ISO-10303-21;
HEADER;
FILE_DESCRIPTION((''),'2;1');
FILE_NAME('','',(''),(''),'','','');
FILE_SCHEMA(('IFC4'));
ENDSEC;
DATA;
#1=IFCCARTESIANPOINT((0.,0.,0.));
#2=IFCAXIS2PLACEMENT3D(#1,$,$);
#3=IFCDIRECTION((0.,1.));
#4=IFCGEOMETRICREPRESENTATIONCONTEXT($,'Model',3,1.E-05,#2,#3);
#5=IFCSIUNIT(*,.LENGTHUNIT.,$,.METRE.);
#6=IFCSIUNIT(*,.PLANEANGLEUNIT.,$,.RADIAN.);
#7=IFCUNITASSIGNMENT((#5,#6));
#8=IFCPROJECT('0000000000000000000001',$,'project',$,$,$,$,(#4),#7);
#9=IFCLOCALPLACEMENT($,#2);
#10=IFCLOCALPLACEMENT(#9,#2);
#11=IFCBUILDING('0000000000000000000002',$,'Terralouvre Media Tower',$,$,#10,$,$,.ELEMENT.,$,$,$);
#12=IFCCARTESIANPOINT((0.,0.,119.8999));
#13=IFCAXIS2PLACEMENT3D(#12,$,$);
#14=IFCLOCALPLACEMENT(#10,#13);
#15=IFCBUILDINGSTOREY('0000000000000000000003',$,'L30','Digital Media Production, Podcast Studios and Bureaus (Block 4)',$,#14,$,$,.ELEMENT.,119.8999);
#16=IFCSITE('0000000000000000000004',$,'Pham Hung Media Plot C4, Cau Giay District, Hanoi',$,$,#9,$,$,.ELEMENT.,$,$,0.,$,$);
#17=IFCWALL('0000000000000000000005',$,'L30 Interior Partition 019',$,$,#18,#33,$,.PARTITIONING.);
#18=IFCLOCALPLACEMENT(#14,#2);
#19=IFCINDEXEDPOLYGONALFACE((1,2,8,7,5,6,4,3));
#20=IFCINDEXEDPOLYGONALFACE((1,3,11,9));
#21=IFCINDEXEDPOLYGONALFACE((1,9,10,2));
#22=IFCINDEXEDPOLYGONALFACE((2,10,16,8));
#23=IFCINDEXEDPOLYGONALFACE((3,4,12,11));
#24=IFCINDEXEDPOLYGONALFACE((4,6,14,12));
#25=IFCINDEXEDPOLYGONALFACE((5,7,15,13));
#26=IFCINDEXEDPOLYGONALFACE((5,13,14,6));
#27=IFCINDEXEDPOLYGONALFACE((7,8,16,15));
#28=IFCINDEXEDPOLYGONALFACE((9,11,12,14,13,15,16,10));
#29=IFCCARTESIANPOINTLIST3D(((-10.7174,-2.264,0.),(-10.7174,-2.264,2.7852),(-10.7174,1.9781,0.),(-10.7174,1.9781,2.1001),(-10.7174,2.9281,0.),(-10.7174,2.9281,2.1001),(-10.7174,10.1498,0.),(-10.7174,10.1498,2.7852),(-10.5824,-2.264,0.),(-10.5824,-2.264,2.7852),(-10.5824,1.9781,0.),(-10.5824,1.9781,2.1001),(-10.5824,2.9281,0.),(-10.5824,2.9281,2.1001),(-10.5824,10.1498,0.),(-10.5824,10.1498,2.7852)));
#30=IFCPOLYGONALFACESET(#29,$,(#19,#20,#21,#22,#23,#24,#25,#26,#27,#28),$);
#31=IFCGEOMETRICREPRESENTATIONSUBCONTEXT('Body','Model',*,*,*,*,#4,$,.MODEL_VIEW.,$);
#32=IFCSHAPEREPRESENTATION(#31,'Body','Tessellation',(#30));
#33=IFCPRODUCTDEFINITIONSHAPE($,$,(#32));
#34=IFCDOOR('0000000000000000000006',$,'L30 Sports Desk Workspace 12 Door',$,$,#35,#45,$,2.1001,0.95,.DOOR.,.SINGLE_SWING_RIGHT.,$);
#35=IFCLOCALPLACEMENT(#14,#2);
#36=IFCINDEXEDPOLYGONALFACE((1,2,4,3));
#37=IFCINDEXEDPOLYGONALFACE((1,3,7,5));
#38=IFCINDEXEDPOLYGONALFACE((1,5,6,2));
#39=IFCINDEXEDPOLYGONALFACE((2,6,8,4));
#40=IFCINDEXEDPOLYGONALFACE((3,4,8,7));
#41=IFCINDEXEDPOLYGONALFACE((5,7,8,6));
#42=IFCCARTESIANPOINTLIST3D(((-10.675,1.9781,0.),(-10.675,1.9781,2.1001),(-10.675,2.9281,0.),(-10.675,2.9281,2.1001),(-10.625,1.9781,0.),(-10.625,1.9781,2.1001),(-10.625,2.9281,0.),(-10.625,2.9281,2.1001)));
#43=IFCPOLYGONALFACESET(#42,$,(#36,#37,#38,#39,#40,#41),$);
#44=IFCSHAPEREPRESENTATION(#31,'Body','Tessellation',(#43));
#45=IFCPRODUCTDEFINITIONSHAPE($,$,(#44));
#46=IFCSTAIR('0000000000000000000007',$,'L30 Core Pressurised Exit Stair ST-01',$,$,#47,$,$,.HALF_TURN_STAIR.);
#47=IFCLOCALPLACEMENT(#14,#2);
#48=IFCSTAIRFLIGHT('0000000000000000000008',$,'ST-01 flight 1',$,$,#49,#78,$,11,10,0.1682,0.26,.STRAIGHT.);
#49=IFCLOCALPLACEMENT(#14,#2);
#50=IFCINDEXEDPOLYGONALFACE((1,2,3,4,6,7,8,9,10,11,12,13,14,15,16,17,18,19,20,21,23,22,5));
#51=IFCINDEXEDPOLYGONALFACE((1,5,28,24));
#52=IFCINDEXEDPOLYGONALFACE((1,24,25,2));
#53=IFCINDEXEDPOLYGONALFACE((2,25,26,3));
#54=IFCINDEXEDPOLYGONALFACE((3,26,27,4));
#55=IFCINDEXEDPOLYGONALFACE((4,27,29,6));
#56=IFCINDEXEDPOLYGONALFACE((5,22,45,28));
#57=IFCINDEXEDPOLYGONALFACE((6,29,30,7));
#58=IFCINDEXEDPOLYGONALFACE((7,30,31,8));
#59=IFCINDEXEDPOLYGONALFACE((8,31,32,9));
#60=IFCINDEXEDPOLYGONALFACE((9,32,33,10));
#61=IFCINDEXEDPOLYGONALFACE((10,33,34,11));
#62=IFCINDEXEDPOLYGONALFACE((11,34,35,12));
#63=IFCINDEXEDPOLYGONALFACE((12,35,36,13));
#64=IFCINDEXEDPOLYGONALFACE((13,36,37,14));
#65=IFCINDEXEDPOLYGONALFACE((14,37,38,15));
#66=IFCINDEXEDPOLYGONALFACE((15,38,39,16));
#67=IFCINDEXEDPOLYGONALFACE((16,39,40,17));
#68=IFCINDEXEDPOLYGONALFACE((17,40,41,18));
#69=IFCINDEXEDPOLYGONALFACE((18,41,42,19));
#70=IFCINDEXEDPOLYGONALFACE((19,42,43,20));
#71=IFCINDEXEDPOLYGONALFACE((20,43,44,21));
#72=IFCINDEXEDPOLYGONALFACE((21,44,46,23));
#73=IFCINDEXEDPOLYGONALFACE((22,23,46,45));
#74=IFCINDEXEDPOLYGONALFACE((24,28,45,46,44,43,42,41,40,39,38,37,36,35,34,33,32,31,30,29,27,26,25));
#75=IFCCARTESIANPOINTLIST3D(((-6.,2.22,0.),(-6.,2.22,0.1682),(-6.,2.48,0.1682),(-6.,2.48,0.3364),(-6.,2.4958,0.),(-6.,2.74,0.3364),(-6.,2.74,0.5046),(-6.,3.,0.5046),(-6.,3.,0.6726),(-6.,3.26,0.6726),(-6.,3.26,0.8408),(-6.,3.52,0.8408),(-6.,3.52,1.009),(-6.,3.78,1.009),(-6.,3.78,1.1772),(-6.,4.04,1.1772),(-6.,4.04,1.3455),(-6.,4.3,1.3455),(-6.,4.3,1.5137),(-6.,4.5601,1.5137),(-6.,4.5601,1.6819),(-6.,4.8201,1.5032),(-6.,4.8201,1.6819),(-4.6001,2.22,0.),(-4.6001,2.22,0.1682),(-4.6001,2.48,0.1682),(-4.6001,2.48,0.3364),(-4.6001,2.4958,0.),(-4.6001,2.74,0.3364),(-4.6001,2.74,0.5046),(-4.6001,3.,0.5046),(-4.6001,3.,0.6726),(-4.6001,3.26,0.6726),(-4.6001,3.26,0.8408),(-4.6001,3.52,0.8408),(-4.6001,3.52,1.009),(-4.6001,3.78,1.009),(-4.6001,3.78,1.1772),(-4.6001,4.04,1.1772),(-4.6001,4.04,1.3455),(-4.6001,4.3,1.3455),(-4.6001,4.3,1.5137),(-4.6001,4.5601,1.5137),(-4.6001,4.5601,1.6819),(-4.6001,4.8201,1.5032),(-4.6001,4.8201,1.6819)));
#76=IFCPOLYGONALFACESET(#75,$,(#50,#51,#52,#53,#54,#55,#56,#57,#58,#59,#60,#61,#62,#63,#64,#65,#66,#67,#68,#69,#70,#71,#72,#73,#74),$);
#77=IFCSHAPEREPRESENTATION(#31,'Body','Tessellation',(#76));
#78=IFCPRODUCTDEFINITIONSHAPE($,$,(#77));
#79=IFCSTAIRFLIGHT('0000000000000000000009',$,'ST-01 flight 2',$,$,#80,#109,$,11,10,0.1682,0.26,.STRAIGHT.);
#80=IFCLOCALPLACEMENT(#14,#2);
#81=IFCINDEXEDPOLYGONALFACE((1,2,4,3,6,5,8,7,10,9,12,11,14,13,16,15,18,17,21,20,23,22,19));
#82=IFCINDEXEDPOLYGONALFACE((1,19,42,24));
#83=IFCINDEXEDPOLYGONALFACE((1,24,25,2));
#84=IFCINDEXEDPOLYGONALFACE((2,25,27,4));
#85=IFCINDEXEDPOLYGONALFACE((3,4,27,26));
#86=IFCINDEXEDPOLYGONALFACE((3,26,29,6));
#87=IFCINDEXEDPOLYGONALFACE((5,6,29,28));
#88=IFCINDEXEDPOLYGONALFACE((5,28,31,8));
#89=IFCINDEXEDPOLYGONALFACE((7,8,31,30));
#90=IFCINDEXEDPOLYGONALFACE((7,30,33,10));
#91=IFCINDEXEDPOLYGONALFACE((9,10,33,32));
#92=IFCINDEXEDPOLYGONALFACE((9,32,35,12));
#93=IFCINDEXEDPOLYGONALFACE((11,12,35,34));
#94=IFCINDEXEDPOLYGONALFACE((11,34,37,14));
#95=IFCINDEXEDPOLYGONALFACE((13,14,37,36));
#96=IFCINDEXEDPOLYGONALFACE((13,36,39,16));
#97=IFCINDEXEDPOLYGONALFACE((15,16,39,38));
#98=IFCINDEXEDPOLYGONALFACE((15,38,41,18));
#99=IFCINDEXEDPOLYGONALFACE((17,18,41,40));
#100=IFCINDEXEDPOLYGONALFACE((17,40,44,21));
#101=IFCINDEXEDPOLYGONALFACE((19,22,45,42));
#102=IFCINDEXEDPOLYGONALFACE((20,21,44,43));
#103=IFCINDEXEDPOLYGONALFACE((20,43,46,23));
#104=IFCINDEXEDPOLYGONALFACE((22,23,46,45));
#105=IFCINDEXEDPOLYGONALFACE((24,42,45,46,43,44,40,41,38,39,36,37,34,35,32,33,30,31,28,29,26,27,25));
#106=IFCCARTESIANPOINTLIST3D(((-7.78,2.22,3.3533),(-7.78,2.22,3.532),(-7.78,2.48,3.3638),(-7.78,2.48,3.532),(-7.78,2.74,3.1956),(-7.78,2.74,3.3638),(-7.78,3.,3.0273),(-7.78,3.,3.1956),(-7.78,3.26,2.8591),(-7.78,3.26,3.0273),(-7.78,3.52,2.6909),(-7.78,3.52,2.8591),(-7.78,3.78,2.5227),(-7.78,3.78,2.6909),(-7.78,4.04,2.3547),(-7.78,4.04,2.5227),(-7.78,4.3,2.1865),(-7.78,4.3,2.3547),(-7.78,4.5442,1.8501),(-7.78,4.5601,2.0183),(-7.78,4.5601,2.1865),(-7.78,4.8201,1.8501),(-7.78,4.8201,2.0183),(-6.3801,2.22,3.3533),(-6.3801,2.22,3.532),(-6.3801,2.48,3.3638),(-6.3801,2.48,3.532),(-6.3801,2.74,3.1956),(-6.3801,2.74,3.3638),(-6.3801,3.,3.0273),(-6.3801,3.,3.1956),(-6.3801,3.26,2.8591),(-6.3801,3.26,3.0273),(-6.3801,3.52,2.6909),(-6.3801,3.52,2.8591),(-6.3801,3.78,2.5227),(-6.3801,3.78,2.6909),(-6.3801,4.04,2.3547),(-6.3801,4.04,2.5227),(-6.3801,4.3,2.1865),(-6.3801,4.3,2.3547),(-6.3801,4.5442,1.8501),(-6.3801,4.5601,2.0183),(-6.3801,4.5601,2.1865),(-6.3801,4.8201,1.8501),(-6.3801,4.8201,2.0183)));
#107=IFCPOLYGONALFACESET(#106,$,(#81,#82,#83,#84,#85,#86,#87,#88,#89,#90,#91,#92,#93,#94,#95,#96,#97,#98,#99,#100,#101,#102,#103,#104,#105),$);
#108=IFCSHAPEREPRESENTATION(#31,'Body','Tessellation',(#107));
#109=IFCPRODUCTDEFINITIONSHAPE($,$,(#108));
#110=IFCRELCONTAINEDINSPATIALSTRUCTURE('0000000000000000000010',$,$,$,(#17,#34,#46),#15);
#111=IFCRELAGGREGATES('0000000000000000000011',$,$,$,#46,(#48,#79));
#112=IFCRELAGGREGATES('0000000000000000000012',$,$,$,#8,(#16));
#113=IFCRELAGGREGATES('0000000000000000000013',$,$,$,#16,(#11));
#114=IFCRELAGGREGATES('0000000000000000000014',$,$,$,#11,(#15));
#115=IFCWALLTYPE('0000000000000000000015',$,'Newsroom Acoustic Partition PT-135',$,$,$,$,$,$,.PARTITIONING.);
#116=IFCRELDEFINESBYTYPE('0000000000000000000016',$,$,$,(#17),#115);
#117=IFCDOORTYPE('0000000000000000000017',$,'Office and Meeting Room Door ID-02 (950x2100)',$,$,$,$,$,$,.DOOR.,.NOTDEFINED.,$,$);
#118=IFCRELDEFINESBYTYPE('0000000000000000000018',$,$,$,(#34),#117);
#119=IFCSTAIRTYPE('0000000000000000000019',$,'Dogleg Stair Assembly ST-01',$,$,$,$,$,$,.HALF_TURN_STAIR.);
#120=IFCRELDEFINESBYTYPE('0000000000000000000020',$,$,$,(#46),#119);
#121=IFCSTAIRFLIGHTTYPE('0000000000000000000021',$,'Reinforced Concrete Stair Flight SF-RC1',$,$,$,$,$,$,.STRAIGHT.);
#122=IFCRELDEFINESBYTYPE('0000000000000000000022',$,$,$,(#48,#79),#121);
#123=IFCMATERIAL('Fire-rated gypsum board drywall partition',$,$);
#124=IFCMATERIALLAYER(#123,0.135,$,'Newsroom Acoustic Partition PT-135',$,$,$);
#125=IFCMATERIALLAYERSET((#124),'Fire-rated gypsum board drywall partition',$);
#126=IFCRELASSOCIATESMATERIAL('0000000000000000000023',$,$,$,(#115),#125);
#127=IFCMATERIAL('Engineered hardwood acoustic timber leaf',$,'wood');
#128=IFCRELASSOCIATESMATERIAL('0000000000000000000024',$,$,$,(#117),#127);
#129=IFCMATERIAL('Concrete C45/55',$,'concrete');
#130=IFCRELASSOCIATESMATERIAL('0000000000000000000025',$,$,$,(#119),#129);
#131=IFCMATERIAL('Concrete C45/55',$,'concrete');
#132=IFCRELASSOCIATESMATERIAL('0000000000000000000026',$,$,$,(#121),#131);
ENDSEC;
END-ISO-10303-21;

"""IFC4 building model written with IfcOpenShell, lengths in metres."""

from ifc_helpers import new_model, si_unit, direction, frame, frame_2d, origin, place, context, subcontext, project, spatial, polyline, rectangle, outline, extrude, material, layer, layer_set, type_object, element, fill, aggregate, save


model = new_model("IFC4")

# Units and contexts
model_context = context("Model", 3, precision=1e-05, world=origin(), true_north=direction((0.0, 1.0)))
body_context = subcontext(model_context, "Body", "Model", "MODEL_VIEW")
ifc_project = project(units=[si_unit("LENGTHUNIT", "METRE"), si_unit("PLANEANGLEUNIT", "RADIAN")], contexts=[model_context])

# Site, building, storey
site_placement = place(None, origin())
site = spatial("IfcSite", under=ifc_project, at=site_placement, Name="Pham Hung Media Plot C4, Cau Giay District, Hanoi", CompositionType="ELEMENT", RefElevation=0.0)
building_placement = place(site_placement, origin())
building = spatial("IfcBuilding", under=site, at=building_placement, Name="Terralouvre Media Tower", CompositionType="ELEMENT")
storey_placement = place(building_placement, frame((0.0, 0.0, 119.8999)))
storey = spatial("IfcBuildingStorey", under=building, at=storey_placement, Name="L30", Description="Digital Media Production, Podcast Studios and Bureaus (Block 4)", CompositionType="ELEMENT", Elevation=119.8999)

# Shared definitions
ifc_material_1 = material(Name="Fire-rated gypsum board drywall partition")
ifc_layer_1 = layer(ifc_material_1, 0.135, Name="Newsroom Acoustic Partition PT-135")
ifc_layer_set_1 = layer_set([ifc_layer_1], Name="Fire-rated gypsum board drywall partition")
wall_type_1 = type_object("IfcWallType", Name="Newsroom Acoustic Partition PT-135", PredefinedType="PARTITIONING", material=ifc_layer_set_1)

# Wall, opening, door
wall_1_placement = place(storey_placement, frame((-10.6499, 10.1499, 0.0), z_axis=(0.0, 0.0, 1.0), x_axis=(0.0, -1.0, 0.0)))
wall_1 = element("IfcWall", 1, at=wall_1_placement, inside=storey, type_object=wall_type_1, Name="L30 Interior Partition 019", PredefinedType="PARTITIONING", context=body_context, shape_type="SweptSolid", body=[
    extrude(rectangle(XDim=12.4138, YDim=0.135, at=frame_2d((6.207, 0.0))), origin(), (0.0, 0.0, 1.0), 2.7852),
])
opening_1_placement = place(wall_1_placement, frame((7.2217, 0.0, 0.0)))
opening_1 = element("IfcOpeningElement", 2, at=opening_1_placement, cuts=wall_1, PredefinedType="OPENING", context=body_context, shape_type="SweptSolid", body=[
    extrude(rectangle(XDim=0.95, YDim=2.1001, at=frame_2d((0.4751, 1.05))), frame((0.0, 0.0774, 0.0), z_axis=(0.0, -1.0, 0.0), x_axis=(1.0, 0.0, 0.0)), (0.0, 0.0, 1.0), 0.155),
])
ifc_material_2 = material(Name="Engineered hardwood acoustic timber leaf", Category="wood")
door_type_1 = type_object("IfcDoorType", Name="Office and Meeting Room Door ID-02 (950x2100)", OperationType="NOTDEFINED", PredefinedType="DOOR", material=ifc_material_2)
door_1_placement = place(opening_1_placement, origin())
door_1 = element("IfcDoor", 3, at=door_1_placement, inside=storey, type_object=door_type_1, Name="L30 Sports Desk Workspace 12 Door", OperationType="SINGLE_SWING_RIGHT", OverallHeight=2.1001, OverallWidth=0.95, PredefinedType="DOOR", context=body_context, shape_type="SweptSolid", body=[
    extrude(rectangle(XDim=0.95, YDim=2.1001, at=frame_2d((0.4751, 1.05))), frame((0.0, 0.0249, 0.0), z_axis=(0.0, -1.0, 0.0), x_axis=(1.0, 0.0, 0.0)), (0.0, 0.0, 1.0), 0.05),
])
fill(opening_1, door_1)

# Stair, stair flights
ifc_material_3 = material(Name="Concrete C45/55", Category="concrete")
stair_type = type_object("IfcStairType", Name="Dogleg Stair Assembly ST-01", PredefinedType="HALF_TURN_STAIR", material=ifc_material_3)
stair_placement = place(storey_placement, origin())
stair = element("IfcStair", 4, at=stair_placement, inside=storey, type_object=stair_type, Name="L30 Core Pressurised Exit Stair ST-01", PredefinedType="HALF_TURN_STAIR")
ifc_material_4 = material(Name="Concrete C45/55", Category="concrete")
stair_flight_type = type_object("IfcStairFlightType", Name="Reinforced Concrete Stair Flight SF-RC1", PredefinedType="STRAIGHT", material=ifc_material_4)
stair_flight_1_placement = place(storey_placement, frame((-5.3, 2.22, 0.0), z_axis=(0.0, 0.0, 1.0), x_axis=(0.0, 1.0, 0.0)))
stair_flight_1 = element("IfcStairFlight", 5, at=stair_flight_1_placement, type_object=stair_flight_type, Name="ST-01 flight 1", NumberOfRisers=11, NumberOfTreads=10, PredefinedType="STRAIGHT", RiserHeight=0.1682, TreadLength=0.26, context=body_context, shape_type="SweptSolid", body=[
    extrude(outline(polyline([(0.0, 0.0), (0.0, 0.1682), (0.26, 0.1682), (0.26, 0.3364), (0.52, 0.3364), (0.52, 0.5046), (0.78, 0.5046), (0.78, 0.6726), (1.04, 0.6726), (1.04, 0.8408), (1.3, 0.8408), (1.3, 1.009), (1.5601, 1.009), (1.5601, 1.1772), (1.8201, 1.1772), (1.8201, 1.3455), (2.0801, 1.3455), (2.0801, 1.5137), (2.3401, 1.5137), (2.3401, 1.6819), (2.6001, 1.6819), (2.6001, 1.8501), (2.6001, 1.5032), (0.2759, 0.0), (0.0, 0.0)])), frame((0.0, 0.7, 0.0), z_axis=(0.0, -1.0, 0.0), x_axis=(1.0, 0.0, 0.0)), (0.0, 0.0, 1.0), 1.3999),
])
stair_flight_2_placement = place(storey_placement, frame((-7.0801, 4.8201, 1.8501), z_axis=(0.0, 0.0, 1.0), x_axis=(0.0, -1.0, 0.0)))
stair_flight_2 = element("IfcStairFlight", 6, at=stair_flight_2_placement, type_object=stair_flight_type, Name="ST-01 flight 2", NumberOfRisers=11, NumberOfTreads=10, PredefinedType="STRAIGHT", RiserHeight=0.1682, TreadLength=0.26, context=body_context, shape_type="SweptSolid", body=[
    extrude(outline(polyline([(0.0, 0.0), (0.0, 0.1682), (0.26, 0.1682), (0.26, 0.3364), (0.52, 0.3364), (0.52, 0.5046), (0.78, 0.5046), (0.78, 0.6726), (1.04, 0.6726), (1.04, 0.8408), (1.3, 0.8408), (1.3, 1.009), (1.5601, 1.009), (1.5601, 1.1772), (1.8201, 1.1772), (1.8201, 1.3455), (2.0801, 1.3455), (2.0801, 1.5137), (2.3401, 1.5137), (2.3401, 1.6819), (2.6001, 1.6819), (2.6001, 1.8501), (2.6001, 1.5032), (0.2759, 0.0), (0.0, 0.0)])), frame((0.0, 0.7, 0.0), z_axis=(0.0, -1.0, 0.0), x_axis=(1.0, 0.0, 0.0)), (0.0, 0.0, 1.0), 1.3999),
])
aggregate(stair, [stair_flight_1, stair_flight_2])

save(model, "model.ifc")
